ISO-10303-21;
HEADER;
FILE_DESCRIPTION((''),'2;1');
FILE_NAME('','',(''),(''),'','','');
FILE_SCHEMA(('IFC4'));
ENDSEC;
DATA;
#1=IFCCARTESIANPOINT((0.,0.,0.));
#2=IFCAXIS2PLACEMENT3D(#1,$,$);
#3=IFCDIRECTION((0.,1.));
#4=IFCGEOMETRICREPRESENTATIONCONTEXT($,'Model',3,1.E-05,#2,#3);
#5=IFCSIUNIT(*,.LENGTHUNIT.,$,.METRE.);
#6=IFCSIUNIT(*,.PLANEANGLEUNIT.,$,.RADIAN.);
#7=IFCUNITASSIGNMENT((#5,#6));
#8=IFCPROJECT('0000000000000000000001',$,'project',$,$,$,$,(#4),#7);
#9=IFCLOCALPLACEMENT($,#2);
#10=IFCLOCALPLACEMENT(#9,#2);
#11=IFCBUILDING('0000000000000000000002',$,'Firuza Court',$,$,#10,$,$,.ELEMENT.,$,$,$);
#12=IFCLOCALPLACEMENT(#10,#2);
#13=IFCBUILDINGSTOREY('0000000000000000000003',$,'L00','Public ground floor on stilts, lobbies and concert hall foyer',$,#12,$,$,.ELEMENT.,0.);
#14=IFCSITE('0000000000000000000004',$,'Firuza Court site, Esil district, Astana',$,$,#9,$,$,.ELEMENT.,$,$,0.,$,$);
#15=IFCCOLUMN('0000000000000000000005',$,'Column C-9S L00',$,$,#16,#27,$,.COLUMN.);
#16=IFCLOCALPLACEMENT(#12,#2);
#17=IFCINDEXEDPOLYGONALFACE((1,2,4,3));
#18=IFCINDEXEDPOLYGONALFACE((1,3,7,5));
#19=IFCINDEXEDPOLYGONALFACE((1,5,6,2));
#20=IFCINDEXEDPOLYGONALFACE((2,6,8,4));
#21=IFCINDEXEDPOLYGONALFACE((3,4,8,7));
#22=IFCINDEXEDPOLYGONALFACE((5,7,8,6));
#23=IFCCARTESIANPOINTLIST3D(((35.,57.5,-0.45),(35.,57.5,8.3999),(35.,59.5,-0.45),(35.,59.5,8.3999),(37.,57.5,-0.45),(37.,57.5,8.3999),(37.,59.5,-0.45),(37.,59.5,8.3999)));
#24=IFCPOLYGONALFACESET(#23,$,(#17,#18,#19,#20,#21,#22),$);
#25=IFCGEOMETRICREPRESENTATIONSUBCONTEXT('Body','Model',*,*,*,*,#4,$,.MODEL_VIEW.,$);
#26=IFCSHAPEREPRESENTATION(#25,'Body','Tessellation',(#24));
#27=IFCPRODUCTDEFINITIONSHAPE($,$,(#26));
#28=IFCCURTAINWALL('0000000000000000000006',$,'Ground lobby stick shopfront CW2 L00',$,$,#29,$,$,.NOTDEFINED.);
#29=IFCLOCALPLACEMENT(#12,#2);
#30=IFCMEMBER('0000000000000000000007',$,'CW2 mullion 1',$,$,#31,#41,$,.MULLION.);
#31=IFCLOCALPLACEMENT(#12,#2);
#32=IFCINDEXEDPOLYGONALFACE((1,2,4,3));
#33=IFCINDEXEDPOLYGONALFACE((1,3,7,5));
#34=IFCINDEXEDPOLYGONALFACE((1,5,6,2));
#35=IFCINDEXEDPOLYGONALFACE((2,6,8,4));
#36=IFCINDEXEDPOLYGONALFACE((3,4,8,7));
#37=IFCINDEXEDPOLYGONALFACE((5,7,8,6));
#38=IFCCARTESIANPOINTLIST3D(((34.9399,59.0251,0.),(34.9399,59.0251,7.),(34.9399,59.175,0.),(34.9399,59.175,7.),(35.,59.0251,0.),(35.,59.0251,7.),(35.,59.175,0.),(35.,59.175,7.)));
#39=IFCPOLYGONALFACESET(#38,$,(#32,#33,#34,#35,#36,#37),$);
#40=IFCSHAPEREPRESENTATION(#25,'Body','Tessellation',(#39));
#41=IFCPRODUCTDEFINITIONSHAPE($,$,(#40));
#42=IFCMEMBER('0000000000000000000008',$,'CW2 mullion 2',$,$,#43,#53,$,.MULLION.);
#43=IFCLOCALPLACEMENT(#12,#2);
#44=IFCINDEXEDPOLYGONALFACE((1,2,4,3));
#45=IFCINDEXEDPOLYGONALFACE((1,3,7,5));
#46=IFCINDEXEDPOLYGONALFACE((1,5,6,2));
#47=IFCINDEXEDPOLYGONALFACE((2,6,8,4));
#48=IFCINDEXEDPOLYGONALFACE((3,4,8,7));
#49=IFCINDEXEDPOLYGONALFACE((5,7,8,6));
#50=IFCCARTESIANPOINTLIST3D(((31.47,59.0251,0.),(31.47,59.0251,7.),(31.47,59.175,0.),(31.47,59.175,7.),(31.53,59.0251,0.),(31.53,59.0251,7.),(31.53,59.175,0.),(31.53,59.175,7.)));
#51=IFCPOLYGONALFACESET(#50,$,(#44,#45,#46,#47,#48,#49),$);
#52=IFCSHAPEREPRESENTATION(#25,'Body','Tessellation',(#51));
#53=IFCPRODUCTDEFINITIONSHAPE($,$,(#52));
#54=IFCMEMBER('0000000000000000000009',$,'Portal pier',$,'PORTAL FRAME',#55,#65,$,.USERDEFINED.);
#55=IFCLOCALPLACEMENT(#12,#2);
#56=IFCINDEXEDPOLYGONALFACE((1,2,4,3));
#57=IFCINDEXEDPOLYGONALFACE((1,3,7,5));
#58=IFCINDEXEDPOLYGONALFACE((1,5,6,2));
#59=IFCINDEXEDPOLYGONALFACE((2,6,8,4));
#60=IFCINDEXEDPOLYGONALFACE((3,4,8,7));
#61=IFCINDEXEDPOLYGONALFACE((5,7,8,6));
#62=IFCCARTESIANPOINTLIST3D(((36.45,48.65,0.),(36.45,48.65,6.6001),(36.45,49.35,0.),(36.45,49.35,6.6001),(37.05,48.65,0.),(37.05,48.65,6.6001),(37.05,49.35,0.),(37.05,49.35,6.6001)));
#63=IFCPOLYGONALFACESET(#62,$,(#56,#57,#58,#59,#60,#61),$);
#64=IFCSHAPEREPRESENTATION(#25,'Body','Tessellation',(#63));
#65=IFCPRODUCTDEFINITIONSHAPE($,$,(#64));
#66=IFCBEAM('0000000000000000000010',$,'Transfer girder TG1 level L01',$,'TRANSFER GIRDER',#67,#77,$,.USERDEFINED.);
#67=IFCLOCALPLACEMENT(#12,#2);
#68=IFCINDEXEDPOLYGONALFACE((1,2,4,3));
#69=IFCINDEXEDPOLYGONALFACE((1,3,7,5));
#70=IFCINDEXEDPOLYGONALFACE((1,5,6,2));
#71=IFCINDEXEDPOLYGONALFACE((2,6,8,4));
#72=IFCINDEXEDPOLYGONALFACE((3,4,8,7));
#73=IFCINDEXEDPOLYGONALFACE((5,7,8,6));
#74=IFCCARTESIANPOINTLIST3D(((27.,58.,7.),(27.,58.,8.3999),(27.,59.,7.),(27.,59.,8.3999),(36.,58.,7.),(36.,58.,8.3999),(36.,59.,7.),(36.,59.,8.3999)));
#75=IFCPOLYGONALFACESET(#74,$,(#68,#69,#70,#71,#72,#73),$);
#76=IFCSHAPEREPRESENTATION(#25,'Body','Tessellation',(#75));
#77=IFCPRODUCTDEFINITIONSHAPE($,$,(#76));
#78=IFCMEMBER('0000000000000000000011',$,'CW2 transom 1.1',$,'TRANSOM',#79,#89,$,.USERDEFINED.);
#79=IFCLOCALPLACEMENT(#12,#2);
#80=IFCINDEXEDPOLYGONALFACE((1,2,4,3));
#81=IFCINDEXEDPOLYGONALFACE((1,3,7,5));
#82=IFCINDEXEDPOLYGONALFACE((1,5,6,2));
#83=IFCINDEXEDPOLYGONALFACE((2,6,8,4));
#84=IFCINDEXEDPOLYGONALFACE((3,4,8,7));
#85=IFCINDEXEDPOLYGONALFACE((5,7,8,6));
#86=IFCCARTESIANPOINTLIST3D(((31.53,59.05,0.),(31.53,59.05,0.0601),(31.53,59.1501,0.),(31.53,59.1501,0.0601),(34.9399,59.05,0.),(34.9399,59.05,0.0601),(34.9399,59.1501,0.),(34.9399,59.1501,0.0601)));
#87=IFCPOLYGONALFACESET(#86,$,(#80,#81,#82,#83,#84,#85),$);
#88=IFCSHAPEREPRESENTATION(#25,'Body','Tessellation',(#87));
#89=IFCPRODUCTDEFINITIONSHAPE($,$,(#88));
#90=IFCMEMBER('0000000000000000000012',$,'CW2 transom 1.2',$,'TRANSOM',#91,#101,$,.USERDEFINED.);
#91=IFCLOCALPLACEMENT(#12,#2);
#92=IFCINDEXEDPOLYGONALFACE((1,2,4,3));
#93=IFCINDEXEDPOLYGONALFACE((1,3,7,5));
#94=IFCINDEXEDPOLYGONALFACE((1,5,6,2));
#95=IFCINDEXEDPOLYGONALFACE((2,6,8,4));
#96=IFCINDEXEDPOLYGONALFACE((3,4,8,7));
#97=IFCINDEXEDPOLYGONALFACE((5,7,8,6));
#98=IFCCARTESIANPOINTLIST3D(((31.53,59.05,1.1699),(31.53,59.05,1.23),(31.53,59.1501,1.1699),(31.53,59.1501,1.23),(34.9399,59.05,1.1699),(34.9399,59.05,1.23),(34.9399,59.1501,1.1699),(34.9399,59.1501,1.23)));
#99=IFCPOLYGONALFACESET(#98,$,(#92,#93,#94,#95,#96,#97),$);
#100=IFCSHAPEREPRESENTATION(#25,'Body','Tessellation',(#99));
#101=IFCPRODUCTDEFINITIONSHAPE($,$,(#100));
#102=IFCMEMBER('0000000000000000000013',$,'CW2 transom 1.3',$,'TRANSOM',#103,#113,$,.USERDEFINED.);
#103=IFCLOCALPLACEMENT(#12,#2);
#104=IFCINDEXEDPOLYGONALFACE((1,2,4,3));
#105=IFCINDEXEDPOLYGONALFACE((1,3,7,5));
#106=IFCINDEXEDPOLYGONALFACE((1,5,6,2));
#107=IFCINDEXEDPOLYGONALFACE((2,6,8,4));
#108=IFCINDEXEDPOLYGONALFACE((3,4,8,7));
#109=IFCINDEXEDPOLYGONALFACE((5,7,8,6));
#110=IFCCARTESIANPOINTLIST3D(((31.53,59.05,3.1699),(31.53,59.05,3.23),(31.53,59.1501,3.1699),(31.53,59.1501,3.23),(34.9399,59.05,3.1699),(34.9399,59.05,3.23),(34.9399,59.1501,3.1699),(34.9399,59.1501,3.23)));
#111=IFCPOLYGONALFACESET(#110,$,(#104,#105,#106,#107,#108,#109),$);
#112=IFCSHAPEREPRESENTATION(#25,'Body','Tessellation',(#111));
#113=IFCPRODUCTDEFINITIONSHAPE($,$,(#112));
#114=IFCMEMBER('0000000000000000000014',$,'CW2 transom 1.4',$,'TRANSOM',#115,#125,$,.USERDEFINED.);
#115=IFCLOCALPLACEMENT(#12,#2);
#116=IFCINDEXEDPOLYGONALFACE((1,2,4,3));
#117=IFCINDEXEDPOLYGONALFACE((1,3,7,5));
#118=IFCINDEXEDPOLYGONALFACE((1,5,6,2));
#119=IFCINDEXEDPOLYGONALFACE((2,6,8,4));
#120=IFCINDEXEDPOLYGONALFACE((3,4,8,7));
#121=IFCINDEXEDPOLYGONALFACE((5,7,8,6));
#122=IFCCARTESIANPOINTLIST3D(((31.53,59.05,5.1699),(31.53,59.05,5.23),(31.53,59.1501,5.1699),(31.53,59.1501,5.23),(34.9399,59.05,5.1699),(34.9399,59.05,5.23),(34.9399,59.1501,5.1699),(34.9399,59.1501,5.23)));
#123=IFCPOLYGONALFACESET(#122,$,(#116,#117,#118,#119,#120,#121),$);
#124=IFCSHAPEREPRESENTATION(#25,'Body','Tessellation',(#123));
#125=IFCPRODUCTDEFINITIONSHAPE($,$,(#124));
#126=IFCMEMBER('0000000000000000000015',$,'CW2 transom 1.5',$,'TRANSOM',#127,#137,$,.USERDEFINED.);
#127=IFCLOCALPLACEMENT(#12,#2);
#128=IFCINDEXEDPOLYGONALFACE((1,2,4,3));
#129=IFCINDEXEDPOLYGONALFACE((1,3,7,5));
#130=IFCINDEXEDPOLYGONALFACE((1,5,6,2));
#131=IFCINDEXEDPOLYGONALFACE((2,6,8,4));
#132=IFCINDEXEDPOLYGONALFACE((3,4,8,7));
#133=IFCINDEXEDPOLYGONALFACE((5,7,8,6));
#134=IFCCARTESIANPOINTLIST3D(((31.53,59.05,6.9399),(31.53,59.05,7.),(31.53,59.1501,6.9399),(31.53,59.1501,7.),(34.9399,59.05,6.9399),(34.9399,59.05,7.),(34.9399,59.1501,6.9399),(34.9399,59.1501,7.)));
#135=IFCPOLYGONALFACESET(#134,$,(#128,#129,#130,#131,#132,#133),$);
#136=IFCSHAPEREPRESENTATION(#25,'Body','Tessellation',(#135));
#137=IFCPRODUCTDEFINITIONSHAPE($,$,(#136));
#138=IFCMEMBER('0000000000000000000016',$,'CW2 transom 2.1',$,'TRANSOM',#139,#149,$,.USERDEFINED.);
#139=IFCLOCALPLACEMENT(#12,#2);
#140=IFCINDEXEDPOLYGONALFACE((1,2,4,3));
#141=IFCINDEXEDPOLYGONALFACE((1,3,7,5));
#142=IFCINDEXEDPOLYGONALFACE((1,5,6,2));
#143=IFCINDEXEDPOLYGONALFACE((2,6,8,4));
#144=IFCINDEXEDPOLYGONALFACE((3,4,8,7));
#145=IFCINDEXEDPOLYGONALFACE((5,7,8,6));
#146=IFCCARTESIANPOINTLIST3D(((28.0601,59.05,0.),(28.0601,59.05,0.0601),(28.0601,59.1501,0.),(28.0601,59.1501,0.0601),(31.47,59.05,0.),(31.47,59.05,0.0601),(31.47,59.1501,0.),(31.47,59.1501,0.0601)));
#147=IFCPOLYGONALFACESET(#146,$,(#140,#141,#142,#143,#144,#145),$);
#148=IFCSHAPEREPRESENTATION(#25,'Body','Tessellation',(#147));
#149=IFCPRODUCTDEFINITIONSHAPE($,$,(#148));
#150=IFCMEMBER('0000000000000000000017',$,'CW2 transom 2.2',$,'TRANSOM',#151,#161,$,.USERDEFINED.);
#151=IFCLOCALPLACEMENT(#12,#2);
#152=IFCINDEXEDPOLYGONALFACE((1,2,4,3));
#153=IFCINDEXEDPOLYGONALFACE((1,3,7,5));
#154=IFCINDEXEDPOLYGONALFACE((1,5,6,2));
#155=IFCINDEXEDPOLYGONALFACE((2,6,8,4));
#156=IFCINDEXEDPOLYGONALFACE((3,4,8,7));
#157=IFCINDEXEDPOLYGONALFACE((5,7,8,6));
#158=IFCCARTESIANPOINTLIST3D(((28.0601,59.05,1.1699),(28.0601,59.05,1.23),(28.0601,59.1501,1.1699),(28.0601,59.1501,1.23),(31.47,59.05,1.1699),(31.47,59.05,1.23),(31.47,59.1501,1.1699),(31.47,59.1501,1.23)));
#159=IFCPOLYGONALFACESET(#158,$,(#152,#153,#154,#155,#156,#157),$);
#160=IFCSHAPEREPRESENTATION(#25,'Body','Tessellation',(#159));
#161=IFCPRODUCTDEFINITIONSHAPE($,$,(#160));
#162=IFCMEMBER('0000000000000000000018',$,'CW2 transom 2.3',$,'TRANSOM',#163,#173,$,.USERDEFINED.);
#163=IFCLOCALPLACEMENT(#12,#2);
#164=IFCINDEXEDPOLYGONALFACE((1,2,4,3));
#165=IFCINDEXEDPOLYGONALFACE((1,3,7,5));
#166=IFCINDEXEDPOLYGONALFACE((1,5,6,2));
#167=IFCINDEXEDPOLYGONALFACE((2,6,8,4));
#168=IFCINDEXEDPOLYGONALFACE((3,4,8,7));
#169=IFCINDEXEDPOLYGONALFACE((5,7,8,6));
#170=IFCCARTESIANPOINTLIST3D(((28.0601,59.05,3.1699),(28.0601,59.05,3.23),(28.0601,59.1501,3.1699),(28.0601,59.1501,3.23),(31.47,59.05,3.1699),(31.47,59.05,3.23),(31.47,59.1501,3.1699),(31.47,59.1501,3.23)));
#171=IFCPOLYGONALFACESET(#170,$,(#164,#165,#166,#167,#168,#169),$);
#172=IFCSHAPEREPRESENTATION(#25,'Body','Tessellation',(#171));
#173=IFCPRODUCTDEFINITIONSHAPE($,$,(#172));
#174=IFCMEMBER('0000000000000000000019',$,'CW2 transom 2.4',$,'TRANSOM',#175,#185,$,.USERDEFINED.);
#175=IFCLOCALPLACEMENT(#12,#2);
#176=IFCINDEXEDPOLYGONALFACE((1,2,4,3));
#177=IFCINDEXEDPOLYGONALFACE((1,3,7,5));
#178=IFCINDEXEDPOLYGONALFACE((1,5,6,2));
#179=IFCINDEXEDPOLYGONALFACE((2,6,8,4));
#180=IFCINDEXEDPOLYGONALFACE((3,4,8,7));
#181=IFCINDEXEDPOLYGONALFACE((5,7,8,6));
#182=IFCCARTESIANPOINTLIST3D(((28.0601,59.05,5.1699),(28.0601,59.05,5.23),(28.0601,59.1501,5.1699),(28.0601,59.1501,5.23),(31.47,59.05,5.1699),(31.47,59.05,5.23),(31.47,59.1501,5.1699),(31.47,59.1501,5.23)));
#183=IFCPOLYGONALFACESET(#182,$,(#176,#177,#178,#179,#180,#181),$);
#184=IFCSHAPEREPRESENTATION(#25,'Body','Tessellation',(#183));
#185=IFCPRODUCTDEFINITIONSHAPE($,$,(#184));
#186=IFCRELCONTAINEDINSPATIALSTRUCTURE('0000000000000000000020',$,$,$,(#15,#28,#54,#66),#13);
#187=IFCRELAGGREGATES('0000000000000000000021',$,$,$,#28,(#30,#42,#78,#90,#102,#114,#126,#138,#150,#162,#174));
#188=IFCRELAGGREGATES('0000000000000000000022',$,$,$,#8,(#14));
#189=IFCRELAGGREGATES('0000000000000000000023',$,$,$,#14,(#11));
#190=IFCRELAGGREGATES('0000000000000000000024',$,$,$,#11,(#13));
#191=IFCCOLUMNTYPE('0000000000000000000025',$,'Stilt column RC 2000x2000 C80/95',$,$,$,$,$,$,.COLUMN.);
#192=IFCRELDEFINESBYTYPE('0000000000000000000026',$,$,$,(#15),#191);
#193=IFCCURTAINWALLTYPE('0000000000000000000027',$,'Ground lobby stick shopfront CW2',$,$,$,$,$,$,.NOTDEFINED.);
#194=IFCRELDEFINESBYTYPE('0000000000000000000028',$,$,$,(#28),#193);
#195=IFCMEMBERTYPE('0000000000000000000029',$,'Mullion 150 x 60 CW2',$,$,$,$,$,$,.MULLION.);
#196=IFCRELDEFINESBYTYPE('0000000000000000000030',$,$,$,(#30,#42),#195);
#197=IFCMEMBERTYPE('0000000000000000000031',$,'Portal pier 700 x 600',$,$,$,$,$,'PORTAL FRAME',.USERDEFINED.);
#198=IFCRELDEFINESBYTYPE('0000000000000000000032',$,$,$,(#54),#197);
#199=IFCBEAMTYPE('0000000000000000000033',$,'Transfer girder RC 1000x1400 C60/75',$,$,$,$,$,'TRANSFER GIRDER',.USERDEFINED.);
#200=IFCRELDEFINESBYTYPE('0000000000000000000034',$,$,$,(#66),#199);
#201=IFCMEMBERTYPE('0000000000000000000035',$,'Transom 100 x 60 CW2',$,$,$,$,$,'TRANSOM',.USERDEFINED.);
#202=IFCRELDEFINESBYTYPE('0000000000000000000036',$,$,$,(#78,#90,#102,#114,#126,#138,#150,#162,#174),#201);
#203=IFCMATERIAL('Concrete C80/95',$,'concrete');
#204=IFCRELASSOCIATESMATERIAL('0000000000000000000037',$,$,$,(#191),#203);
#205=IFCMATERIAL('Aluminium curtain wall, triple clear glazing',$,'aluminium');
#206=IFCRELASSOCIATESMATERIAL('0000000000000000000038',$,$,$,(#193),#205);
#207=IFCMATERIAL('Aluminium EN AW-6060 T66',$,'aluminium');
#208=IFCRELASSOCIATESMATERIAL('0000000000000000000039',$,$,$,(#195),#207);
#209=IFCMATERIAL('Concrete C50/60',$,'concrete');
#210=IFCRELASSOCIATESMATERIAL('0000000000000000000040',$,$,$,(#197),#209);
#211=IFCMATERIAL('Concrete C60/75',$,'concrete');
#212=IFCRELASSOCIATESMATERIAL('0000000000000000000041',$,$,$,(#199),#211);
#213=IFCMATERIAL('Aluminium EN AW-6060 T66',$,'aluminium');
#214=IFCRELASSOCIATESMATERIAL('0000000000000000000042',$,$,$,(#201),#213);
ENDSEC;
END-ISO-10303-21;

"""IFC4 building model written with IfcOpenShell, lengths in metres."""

from ifc_helpers import new_model, si_unit, direction, frame, origin, origin_2d, place, context, subcontext, project, spatial, rectangle, extrude, material, material_profile, profile_set, type_object, element, aggregate, save


model = new_model("IFC4")

# Units and contexts
model_context = context("Model", 3, precision=1e-05, world=origin(), true_north=direction((0.0, 1.0)))
body_context = subcontext(model_context, "Body", "Model", "MODEL_VIEW")
ifc_project = project(units=[si_unit("LENGTHUNIT", "METRE"), si_unit("PLANEANGLEUNIT", "RADIAN")], contexts=[model_context])

# Site, building, storey
site_placement = place(None, origin())
site = spatial("IfcSite", under=ifc_project, at=site_placement, Name="Firuza Court site, Esil district, Astana", CompositionType="ELEMENT", RefElevation=0.0)
building_placement = place(site_placement, origin())
building = spatial("IfcBuilding", under=site, at=building_placement, Name="Firuza Court", CompositionType="ELEMENT")
storey_placement = place(building_placement, origin())
storey = spatial("IfcBuildingStorey", under=building, at=storey_placement, Name="L00", Description="Public ground floor on stilts, lobbies and concert hall foyer", CompositionType="ELEMENT", Elevation=0.0)

# Column
ifc_material_1 = material(Name="Concrete C80/95", Category="concrete")
ifc_material_profile_1 = material_profile(ifc_material_1, rectangle(XDim=2.0, YDim=2.0, at=origin_2d()), Name="RC 2000x2000")
ifc_profile_set_1 = profile_set([ifc_material_profile_1], Name="Concrete C80/95")
column_type = type_object("IfcColumnType", Name="Stilt column RC 2000x2000 C80/95", PredefinedType="COLUMN", material=ifc_profile_set_1)
column_placement = place(storey_placement, frame((36.0, 58.5, -0.45), z_axis=(0.0, 0.0, 1.0), x_axis=(1.0, 0.0, 0.0)))
element("IfcColumn", 1, at=column_placement, inside=storey, type_object=column_type, Name="Column C-9S L00", PredefinedType="COLUMN", context=body_context, shape_type="SweptSolid", body=[
    extrude(rectangle(XDim=2.0, YDim=2.0, at=origin_2d()), origin(), (0.0, 0.0, 1.0), 8.8499),
])

# Curtain wall, members
ifc_material_2 = material(Name="Aluminium curtain wall, triple clear glazing", Category="aluminium")
curtain_wall_type = type_object("IfcCurtainWallType", Name="Ground lobby stick shopfront CW2", PredefinedType="NOTDEFINED", material=ifc_material_2)
curtain_wall_placement = place(storey_placement, origin())
curtain_wall = element("IfcCurtainWall", 2, at=curtain_wall_placement, inside=storey, type_object=curtain_wall_type, Name="Ground lobby stick shopfront CW2 L00", PredefinedType="NOTDEFINED")
ifc_material_3 = material(Name="Aluminium EN AW-6060 T66", Category="aluminium")
ifc_material_profile_2 = material_profile(ifc_material_3, rectangle(XDim=0.1499, YDim=0.0601, at=origin_2d()), Name="Mullion 150 x 60 CW2")
ifc_profile_set_2 = profile_set([ifc_material_profile_2], Name="Aluminium EN AW-6060 T66")
member_type_1 = type_object("IfcMemberType", Name="Mullion 150 x 60 CW2", PredefinedType="MULLION", material=ifc_profile_set_2)
member_1_placement = place(storey_placement, frame((34.97, 59.1001, 0.0), z_axis=(0.0, 0.0, 1.0), x_axis=(0.0, -1.0, 0.0)))
member_1 = element("IfcMember", 3, at=member_1_placement, type_object=member_type_1, Name="CW2 mullion 1", PredefinedType="MULLION", context=body_context, shape_type="SweptSolid", body=[
    extrude(rectangle(XDim=0.1499, YDim=0.0601, at=origin_2d()), origin(), (0.0, 0.0, 1.0), 7.0),
])
member_2_placement = place(storey_placement, frame((31.5, 59.1001, 0.0), z_axis=(0.0, 0.0, 1.0), x_axis=(0.0, -1.0, 0.0)))
member_2 = element("IfcMember", 4, at=member_2_placement, type_object=member_type_1, Name="CW2 mullion 2", PredefinedType="MULLION", context=body_context, shape_type="SweptSolid", body=[
    extrude(rectangle(XDim=0.1499, YDim=0.0601, at=origin_2d()), origin(), (0.0, 0.0, 1.0), 7.0),
])

# Member
ifc_material_4 = material(Name="Concrete C50/60", Category="concrete")
ifc_material_profile_3 = material_profile(ifc_material_4, rectangle(XDim=0.6001, YDim=0.7, at=origin_2d()), Name="Portal pier 700 x 600")
ifc_profile_set_3 = profile_set([ifc_material_profile_3], Name="Concrete C50/60")
member_type_2 = type_object("IfcMemberType", Name="Portal pier 700 x 600", ElementType="PORTAL FRAME", PredefinedType="USERDEFINED", material=ifc_profile_set_3)
member_3_placement = place(storey_placement, frame((36.75, 49.0, 0.0), z_axis=(0.0, 0.0, 1.0), x_axis=(1.0, 0.0, 0.0)))
element("IfcMember", 5, at=member_3_placement, inside=storey, type_object=member_type_2, Name="Portal pier", ObjectType="PORTAL FRAME", PredefinedType="USERDEFINED", context=body_context, shape_type="SweptSolid", body=[
    extrude(rectangle(XDim=0.6001, YDim=0.7, at=origin_2d()), origin(), (0.0, 0.0, 1.0), 6.6001),
])

# Beam
ifc_material_5 = material(Name="Concrete C60/75", Category="concrete")
ifc_material_profile_4 = material_profile(ifc_material_5, rectangle(XDim=1.0, YDim=1.3999, at=origin_2d()), Name="RC 1000x1400")
ifc_profile_set_4 = profile_set([ifc_material_profile_4], Name="Concrete C60/75")
beam_type = type_object("IfcBeamType", Name="Transfer girder RC 1000x1400 C60/75", ElementType="TRANSFER GIRDER", PredefinedType="USERDEFINED", material=ifc_profile_set_4)
beam_placement = place(storey_placement, frame((36.0, 58.5, 7.7), z_axis=(-1.0, 0.0, 0.0), x_axis=(0.0, -1.0, 0.0)))
element("IfcBeam", 6, at=beam_placement, inside=storey, type_object=beam_type, Name="Transfer girder TG1 level L01", ObjectType="TRANSFER GIRDER", PredefinedType="USERDEFINED", context=body_context, shape_type="SweptSolid", body=[
    extrude(rectangle(XDim=1.0, YDim=1.3999, at=origin_2d()), origin(), (0.0, 0.0, 1.0), 9.0),
])

# Members
ifc_material_6 = material(Name="Aluminium EN AW-6060 T66", Category="aluminium")
ifc_material_profile_5 = material_profile(ifc_material_6, rectangle(XDim=0.1001, YDim=0.0601, at=origin_2d()), Name="Transom 100 x 60 CW2")
ifc_profile_set_5 = profile_set([ifc_material_profile_5], Name="Aluminium EN AW-6060 T66")
member_type_3 = type_object("IfcMemberType", Name="Transom 100 x 60 CW2", ElementType="TRANSOM", PredefinedType="USERDEFINED", material=ifc_profile_set_5)
member_4_placement = place(storey_placement, frame((34.9399, 59.1001, 0.03), z_axis=(-1.0, 0.0, 0.0), x_axis=(0.0, -1.0, 0.0)))
member_4 = element("IfcMember", 7, at=member_4_placement, type_object=member_type_3, Name="CW2 transom 1.1", ObjectType="TRANSOM", PredefinedType="USERDEFINED", context=body_context, shape_type="SweptSolid", body=[
    extrude(rectangle(XDim=0.1001, YDim=0.0601, at=origin_2d()), origin(), (0.0, 0.0, 1.0), 3.4099),
])
member_5_placement = place(storey_placement, frame((34.9399, 59.1001, 1.2), z_axis=(-1.0, 0.0, 0.0), x_axis=(0.0, -1.0, 0.0)))
member_5 = element("IfcMember", 8, at=member_5_placement, type_object=member_type_3, Name="CW2 transom 1.2", ObjectType="TRANSOM", PredefinedType="USERDEFINED", context=body_context, shape_type="SweptSolid", body=[
    extrude(rectangle(XDim=0.1001, YDim=0.0601, at=origin_2d()), origin(), (0.0, 0.0, 1.0), 3.4099),
])
member_6_placement = place(storey_placement, frame((34.9399, 59.1001, 3.2), z_axis=(-1.0, 0.0, 0.0), x_axis=(0.0, -1.0, 0.0)))
member_6 = element("IfcMember", 9, at=member_6_placement, type_object=member_type_3, Name="CW2 transom 1.3", ObjectType="TRANSOM", PredefinedType="USERDEFINED", context=body_context, shape_type="SweptSolid", body=[
    extrude(rectangle(XDim=0.1001, YDim=0.0601, at=origin_2d()), origin(), (0.0, 0.0, 1.0), 3.4099),
])
member_7_placement = place(storey_placement, frame((34.9399, 59.1001, 5.2), z_axis=(-1.0, 0.0, 0.0), x_axis=(0.0, -1.0, 0.0)))
member_7 = element("IfcMember", 10, at=member_7_placement, type_object=member_type_3, Name="CW2 transom 1.4", ObjectType="TRANSOM", PredefinedType="USERDEFINED", context=body_context, shape_type="SweptSolid", body=[
    extrude(rectangle(XDim=0.1001, YDim=0.0601, at=origin_2d()), origin(), (0.0, 0.0, 1.0), 3.4099),
])
member_8_placement = place(storey_placement, frame((34.9399, 59.1001, 6.97), z_axis=(-1.0, 0.0, 0.0), x_axis=(0.0, -1.0, 0.0)))
member_8 = element("IfcMember", 11, at=member_8_placement, type_object=member_type_3, Name="CW2 transom 1.5", ObjectType="TRANSOM", PredefinedType="USERDEFINED", context=body_context, shape_type="SweptSolid", body=[
    extrude(rectangle(XDim=0.1001, YDim=0.0601, at=origin_2d()), origin(), (0.0, 0.0, 1.0), 3.4099),
])
member_9_placement = place(storey_placement, frame((31.47, 59.1001, 0.03), z_axis=(-1.0, 0.0, 0.0), x_axis=(0.0, -1.0, 0.0)))
member_9 = element("IfcMember", 12, at=member_9_placement, type_object=member_type_3, Name="CW2 transom 2.1", ObjectType="TRANSOM", PredefinedType="USERDEFINED", context=body_context, shape_type="SweptSolid", body=[
    extrude(rectangle(XDim=0.1001, YDim=0.0601, at=origin_2d()), origin(), (0.0, 0.0, 1.0), 3.4099),
])
member_10_placement = place(storey_placement, frame((31.47, 59.1001, 1.2), z_axis=(-1.0, 0.0, 0.0), x_axis=(0.0, -1.0, 0.0)))
member_10 = element("IfcMember", 13, at=member_10_placement, type_object=member_type_3, Name="CW2 transom 2.2", ObjectType="TRANSOM", PredefinedType="USERDEFINED", context=body_context, shape_type="SweptSolid", body=[
    extrude(rectangle(XDim=0.1001, YDim=0.0601, at=origin_2d()), origin(), (0.0, 0.0, 1.0), 3.4099),
])
member_11_placement = place(storey_placement, frame((31.47, 59.1001, 3.2), z_axis=(-1.0, 0.0, 0.0), x_axis=(0.0, -1.0, 0.0)))
member_11 = element("IfcMember", 14, at=member_11_placement, type_object=member_type_3, Name="CW2 transom 2.3", ObjectType="TRANSOM", PredefinedType="USERDEFINED", context=body_context, shape_type="SweptSolid", body=[
    extrude(rectangle(XDim=0.1001, YDim=0.0601, at=origin_2d()), origin(), (0.0, 0.0, 1.0), 3.4099),
])
member_12_placement = place(storey_placement, frame((31.47, 59.1001, 5.2), z_axis=(-1.0, 0.0, 0.0), x_axis=(0.0, -1.0, 0.0)))
member_12 = element("IfcMember", 15, at=member_12_placement, type_object=member_type_3, Name="CW2 transom 2.4", ObjectType="TRANSOM", PredefinedType="USERDEFINED", context=body_context, shape_type="SweptSolid", body=[
    extrude(rectangle(XDim=0.1001, YDim=0.0601, at=origin_2d()), origin(), (0.0, 0.0, 1.0), 3.4099),
])

aggregate(curtain_wall, [member_1, member_2, member_4, member_5, member_6, member_7, member_8, member_9, member_10, member_11, member_12])

save(model, "model.ifc")
